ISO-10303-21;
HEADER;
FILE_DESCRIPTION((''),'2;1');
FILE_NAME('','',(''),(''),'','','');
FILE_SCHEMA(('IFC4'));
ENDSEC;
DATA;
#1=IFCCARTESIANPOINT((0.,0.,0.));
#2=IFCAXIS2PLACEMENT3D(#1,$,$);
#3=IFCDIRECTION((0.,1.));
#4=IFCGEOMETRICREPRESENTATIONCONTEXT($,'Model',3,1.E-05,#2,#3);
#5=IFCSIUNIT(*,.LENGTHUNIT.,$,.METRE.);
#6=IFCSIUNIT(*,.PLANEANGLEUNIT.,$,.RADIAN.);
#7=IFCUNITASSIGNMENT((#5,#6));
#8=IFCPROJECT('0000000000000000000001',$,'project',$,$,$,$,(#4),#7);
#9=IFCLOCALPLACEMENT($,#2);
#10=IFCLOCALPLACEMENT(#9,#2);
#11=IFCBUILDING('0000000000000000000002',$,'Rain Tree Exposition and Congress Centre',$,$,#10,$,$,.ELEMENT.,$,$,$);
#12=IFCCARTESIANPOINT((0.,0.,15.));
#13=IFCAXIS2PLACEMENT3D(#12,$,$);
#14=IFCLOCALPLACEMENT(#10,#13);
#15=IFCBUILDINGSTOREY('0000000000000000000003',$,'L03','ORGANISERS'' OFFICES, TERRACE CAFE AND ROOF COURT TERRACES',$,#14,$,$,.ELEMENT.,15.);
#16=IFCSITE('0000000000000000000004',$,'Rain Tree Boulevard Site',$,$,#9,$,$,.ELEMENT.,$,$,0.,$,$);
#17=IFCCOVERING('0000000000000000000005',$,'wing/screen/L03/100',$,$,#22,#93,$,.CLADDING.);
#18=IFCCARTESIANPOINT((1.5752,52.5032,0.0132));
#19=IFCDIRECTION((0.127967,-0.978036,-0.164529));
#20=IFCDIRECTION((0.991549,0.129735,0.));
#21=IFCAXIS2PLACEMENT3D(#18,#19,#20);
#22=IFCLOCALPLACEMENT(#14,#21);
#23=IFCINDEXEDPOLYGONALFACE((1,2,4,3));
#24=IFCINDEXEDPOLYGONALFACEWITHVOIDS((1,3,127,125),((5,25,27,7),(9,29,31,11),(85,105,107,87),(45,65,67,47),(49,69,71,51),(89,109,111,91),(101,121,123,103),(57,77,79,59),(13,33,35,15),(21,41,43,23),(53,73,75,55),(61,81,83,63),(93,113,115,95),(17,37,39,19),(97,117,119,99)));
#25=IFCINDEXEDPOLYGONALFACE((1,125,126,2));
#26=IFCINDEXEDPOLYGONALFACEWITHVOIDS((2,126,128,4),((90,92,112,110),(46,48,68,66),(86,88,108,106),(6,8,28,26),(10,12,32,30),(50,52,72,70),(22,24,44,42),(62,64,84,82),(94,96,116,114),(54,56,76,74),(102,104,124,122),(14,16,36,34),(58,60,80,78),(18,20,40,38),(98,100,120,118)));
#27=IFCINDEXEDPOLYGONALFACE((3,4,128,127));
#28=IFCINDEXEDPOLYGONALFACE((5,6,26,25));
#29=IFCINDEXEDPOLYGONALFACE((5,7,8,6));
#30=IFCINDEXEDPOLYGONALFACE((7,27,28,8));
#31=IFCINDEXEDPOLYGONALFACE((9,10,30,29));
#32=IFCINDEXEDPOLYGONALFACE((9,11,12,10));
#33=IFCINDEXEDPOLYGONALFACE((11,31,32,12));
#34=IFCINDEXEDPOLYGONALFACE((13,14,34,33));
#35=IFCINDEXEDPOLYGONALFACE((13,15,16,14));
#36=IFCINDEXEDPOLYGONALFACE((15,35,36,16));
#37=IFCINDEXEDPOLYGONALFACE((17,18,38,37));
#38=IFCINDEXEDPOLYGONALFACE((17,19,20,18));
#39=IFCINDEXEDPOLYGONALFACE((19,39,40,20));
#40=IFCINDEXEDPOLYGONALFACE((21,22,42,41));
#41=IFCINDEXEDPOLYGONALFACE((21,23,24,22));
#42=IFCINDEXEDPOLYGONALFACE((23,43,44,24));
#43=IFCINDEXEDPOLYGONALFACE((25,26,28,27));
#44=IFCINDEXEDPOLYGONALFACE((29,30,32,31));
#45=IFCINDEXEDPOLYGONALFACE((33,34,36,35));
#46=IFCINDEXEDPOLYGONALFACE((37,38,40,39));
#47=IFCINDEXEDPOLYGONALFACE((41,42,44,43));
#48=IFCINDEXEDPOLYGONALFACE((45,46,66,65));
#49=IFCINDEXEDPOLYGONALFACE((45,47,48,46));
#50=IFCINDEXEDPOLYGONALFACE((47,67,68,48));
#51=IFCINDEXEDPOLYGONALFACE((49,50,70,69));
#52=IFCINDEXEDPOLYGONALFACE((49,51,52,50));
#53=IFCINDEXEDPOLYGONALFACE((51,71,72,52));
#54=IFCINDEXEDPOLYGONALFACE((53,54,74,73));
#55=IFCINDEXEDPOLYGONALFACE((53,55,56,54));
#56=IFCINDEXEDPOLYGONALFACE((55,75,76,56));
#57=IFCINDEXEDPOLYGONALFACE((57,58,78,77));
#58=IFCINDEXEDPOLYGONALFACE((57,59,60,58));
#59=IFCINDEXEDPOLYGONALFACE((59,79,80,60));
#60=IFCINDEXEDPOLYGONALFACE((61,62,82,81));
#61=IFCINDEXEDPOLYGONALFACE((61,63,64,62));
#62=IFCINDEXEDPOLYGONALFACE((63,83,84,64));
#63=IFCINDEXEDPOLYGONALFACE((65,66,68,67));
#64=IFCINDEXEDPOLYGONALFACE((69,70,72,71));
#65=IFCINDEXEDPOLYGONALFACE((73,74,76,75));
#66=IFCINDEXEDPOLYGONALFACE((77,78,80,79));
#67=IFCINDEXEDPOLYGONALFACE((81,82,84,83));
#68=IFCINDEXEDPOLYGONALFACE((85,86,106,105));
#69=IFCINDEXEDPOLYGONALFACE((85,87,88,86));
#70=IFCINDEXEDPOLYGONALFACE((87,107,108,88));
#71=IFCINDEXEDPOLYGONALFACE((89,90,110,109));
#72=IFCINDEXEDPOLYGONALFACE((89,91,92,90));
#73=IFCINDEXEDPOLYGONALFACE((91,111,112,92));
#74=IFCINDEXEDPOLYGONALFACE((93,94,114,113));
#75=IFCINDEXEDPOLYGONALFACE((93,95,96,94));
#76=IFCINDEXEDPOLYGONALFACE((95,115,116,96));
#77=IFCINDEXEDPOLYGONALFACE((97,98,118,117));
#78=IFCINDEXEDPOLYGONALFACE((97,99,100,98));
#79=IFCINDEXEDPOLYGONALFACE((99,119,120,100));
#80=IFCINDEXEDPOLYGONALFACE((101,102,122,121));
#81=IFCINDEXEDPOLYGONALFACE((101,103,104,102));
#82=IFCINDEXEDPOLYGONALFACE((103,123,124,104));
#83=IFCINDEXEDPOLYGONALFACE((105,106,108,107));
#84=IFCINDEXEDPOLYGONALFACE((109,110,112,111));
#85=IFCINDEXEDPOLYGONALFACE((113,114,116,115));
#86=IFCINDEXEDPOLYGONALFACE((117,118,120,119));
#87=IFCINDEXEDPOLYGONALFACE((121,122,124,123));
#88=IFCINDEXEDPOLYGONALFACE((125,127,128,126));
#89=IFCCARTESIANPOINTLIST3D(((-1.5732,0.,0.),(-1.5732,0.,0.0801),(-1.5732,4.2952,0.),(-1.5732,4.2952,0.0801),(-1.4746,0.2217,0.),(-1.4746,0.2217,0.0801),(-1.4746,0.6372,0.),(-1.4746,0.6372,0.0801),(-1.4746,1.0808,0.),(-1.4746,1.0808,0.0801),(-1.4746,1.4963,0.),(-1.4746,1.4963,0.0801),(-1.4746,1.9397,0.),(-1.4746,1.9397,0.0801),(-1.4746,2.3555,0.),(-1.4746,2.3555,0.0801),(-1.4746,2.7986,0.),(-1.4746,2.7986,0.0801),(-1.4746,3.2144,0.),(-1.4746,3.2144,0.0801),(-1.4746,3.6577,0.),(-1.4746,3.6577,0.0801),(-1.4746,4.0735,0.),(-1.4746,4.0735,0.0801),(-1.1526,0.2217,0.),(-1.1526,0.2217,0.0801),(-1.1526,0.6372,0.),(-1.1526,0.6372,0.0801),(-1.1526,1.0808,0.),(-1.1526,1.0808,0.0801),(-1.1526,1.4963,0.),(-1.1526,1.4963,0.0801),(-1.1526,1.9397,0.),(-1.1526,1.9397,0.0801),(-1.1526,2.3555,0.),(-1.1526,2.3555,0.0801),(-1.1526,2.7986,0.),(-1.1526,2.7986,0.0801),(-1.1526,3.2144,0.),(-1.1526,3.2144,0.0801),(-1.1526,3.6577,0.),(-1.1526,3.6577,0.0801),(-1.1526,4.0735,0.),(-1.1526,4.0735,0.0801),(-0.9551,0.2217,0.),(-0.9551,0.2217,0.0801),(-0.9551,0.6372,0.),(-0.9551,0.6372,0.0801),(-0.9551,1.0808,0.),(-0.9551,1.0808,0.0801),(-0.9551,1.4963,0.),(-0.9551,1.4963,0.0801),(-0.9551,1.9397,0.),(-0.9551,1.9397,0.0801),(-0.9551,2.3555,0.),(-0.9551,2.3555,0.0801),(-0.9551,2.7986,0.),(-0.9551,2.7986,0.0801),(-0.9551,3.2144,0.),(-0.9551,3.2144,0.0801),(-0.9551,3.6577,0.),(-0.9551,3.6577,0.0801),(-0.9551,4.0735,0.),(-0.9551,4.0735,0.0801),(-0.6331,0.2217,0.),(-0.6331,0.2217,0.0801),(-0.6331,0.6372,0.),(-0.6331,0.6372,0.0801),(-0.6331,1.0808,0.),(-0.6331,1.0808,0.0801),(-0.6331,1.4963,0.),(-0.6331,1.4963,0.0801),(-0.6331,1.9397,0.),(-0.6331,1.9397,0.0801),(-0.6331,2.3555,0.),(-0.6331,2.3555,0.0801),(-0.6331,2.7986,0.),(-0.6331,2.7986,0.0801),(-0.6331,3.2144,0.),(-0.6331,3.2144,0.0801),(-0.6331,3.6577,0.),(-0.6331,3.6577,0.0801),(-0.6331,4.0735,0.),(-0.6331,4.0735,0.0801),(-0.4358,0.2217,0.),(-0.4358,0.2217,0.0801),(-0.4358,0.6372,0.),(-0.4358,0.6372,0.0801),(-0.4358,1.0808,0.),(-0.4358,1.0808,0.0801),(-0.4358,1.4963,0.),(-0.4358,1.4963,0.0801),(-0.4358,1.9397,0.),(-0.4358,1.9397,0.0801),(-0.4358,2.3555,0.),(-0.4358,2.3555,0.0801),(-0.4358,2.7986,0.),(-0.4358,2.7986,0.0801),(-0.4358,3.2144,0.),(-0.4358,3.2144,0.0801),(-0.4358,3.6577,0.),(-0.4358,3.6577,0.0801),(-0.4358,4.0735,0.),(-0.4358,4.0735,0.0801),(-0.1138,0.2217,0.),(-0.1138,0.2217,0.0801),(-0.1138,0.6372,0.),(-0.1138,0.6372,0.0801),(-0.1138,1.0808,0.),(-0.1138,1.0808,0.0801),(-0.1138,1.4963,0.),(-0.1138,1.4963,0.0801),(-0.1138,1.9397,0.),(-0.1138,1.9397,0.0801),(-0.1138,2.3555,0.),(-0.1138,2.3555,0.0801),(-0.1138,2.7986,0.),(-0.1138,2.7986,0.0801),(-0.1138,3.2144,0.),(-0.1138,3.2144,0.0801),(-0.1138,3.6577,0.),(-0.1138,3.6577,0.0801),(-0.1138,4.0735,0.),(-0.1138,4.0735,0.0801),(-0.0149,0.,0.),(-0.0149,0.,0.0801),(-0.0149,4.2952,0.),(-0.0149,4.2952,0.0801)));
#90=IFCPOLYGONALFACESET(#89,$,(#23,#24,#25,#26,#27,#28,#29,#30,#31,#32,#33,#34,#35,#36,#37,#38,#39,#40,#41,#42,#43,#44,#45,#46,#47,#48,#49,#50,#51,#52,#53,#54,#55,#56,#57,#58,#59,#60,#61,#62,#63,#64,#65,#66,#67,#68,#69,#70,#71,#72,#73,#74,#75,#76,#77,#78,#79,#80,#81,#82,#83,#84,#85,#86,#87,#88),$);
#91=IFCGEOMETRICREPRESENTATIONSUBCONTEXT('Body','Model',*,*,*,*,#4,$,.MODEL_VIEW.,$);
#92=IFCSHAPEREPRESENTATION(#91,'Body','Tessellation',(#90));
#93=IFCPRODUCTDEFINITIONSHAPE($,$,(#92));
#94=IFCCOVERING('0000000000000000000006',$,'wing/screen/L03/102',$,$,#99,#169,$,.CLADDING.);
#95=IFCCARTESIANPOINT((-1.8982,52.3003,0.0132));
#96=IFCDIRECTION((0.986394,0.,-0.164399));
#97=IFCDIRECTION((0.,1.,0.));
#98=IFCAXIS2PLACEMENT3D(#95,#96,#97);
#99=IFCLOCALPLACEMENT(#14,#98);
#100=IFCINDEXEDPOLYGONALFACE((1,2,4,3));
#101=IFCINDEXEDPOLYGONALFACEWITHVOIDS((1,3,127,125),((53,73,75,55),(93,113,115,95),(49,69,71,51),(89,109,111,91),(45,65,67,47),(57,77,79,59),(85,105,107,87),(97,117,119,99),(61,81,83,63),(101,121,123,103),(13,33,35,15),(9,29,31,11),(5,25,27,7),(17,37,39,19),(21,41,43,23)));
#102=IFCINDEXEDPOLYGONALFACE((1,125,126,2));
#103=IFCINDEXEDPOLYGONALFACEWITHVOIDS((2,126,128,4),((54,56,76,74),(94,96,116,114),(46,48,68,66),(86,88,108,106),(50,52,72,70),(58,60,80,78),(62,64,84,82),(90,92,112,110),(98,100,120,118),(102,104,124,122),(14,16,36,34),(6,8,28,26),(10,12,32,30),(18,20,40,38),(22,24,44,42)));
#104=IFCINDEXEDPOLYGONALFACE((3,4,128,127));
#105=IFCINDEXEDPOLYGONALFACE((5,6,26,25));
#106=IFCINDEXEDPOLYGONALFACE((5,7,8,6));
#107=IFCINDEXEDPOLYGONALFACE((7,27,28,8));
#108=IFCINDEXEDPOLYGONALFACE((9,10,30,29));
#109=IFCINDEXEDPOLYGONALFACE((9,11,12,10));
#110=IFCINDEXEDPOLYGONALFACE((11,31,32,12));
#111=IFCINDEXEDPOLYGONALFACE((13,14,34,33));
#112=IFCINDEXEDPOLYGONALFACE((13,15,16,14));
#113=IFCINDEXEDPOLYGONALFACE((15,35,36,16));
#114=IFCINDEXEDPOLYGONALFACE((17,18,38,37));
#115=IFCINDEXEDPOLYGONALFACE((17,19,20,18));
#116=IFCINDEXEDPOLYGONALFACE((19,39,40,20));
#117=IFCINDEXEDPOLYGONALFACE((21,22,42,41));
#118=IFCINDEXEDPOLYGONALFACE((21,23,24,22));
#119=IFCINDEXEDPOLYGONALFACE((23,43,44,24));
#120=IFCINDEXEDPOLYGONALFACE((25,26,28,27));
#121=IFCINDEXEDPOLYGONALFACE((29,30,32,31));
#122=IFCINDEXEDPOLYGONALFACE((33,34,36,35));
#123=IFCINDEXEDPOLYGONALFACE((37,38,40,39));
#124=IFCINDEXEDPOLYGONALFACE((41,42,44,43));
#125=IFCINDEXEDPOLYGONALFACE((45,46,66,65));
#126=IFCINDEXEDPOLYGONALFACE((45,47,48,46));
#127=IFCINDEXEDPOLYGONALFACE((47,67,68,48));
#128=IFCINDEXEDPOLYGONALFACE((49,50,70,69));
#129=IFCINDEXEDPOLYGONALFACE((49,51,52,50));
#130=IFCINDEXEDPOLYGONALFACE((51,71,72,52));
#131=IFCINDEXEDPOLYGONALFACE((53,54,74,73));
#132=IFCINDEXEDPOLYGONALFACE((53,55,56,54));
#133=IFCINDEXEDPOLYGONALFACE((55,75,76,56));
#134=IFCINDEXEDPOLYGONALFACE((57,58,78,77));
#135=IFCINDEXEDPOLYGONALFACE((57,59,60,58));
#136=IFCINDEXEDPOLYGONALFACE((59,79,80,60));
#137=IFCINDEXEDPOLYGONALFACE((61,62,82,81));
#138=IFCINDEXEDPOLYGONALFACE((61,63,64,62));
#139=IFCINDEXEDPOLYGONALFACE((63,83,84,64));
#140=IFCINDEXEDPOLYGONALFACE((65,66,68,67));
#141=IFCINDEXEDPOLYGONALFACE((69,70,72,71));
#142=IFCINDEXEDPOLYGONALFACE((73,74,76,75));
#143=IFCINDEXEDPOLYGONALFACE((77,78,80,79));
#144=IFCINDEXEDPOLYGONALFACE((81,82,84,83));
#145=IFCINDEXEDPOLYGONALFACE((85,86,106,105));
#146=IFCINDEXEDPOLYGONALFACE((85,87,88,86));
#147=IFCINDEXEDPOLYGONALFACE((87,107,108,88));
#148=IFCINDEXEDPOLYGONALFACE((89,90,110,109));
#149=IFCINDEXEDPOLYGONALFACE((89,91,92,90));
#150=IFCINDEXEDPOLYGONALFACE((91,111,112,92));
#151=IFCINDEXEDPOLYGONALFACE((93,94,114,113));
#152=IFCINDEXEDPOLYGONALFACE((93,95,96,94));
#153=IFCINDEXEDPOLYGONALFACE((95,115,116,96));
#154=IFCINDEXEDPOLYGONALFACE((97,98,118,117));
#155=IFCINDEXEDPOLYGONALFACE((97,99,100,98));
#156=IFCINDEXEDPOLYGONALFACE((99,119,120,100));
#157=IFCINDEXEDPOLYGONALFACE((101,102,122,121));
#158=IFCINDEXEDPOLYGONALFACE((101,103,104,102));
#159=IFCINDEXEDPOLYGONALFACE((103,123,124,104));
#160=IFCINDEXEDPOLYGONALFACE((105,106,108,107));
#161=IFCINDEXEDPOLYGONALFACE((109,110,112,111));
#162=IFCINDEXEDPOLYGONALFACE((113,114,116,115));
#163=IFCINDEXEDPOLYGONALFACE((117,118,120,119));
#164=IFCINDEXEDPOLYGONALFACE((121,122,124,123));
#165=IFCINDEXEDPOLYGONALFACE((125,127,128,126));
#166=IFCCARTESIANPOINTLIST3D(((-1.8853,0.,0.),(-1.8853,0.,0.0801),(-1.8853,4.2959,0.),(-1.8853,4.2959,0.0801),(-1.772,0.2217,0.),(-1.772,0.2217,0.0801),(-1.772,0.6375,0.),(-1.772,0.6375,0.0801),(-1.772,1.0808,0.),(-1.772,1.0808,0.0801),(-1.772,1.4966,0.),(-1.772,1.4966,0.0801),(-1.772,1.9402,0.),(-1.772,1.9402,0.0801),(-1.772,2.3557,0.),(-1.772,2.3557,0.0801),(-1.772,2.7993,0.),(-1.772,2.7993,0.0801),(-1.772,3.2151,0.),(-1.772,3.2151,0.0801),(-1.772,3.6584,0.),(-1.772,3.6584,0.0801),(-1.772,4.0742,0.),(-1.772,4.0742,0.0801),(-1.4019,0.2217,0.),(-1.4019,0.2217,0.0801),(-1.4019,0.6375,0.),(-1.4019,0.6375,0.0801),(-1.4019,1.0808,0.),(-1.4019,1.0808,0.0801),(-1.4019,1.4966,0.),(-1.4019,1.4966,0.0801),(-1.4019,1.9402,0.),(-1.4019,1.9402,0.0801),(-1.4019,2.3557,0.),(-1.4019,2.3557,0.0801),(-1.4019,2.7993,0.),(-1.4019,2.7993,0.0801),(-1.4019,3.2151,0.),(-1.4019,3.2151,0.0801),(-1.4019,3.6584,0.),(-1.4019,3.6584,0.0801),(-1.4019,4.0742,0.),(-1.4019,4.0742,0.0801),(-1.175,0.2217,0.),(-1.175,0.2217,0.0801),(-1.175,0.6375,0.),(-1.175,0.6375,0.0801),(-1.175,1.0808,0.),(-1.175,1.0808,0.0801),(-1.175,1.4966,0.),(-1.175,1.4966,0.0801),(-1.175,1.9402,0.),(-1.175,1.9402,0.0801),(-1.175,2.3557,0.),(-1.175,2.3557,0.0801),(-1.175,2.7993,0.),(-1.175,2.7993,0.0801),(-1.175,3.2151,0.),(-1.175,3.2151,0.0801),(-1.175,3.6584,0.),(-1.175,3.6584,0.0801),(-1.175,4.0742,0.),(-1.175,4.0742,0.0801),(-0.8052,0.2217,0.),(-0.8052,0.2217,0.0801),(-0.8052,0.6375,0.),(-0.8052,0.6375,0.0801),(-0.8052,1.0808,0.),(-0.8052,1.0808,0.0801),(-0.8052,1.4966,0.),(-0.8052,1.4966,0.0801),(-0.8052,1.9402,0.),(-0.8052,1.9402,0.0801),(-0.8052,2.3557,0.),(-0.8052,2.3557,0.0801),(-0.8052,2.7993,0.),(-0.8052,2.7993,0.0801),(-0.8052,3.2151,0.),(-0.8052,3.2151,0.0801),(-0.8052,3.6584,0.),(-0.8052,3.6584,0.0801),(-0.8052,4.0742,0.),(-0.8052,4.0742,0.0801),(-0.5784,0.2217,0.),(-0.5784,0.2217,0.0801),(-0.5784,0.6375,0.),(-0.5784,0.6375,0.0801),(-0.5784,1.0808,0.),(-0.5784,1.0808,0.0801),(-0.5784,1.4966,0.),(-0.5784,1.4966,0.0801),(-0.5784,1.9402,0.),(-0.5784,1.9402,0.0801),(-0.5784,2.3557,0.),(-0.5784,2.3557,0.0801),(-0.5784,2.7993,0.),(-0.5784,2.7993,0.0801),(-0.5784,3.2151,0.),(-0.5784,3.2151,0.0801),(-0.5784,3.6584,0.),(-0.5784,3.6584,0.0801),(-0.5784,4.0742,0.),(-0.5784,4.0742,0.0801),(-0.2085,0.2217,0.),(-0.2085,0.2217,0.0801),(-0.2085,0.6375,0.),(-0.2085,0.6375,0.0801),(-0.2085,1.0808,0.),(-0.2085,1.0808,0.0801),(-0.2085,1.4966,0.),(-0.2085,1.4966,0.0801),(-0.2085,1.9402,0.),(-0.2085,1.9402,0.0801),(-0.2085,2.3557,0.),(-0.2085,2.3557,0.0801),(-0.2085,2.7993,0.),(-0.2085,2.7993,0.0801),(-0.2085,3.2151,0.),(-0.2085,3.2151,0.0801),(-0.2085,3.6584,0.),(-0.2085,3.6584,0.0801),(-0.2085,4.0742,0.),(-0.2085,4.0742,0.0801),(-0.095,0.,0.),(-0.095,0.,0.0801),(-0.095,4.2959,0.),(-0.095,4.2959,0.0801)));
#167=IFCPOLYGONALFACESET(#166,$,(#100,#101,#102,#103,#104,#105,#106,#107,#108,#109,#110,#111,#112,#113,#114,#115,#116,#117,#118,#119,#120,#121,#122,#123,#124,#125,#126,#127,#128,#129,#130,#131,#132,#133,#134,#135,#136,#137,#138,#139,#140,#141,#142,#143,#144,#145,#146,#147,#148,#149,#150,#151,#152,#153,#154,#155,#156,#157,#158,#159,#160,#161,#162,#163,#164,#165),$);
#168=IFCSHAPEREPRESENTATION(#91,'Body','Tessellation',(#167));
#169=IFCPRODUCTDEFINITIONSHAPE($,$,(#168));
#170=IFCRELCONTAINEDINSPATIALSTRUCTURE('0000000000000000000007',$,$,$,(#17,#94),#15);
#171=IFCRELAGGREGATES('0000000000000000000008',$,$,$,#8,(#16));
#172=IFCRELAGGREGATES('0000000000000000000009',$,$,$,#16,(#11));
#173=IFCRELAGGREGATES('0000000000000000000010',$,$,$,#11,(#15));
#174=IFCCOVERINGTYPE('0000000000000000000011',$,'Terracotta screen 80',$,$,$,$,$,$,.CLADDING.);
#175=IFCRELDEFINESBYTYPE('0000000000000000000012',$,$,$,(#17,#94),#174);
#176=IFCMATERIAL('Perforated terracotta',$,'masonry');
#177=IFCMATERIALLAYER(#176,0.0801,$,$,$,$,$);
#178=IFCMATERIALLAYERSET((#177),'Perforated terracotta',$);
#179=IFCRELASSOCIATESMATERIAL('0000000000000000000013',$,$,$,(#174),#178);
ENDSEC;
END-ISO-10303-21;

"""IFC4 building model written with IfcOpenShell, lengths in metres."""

from ifc_helpers import new_model, si_unit, direction, frame, origin, place, context, subcontext, project, spatial, polyline, outline, extrude, material, layer, layer_set, type_object, element, save


model = new_model("IFC4")

# Units and contexts
model_context = context("Model", 3, precision=1e-05, world=origin(), true_north=direction((0.0, 1.0)))
body_context = subcontext(model_context, "Body", "Model", "MODEL_VIEW")
ifc_project = project(units=[si_unit("LENGTHUNIT", "METRE"), si_unit("PLANEANGLEUNIT", "RADIAN")], contexts=[model_context])

# Site, building, storey
site_placement = place(None, origin())
site = spatial("IfcSite", under=ifc_project, at=site_placement, Name="Rain Tree Boulevard Site", CompositionType="ELEMENT", RefElevation=0.0)
building_placement = place(site_placement, origin())
building = spatial("IfcBuilding", under=site, at=building_placement, Name="Rain Tree Exposition and Congress Centre", CompositionType="ELEMENT")
storey_placement = place(building_placement, frame((0.0, 0.0, 15.0)))
storey = spatial("IfcBuildingStorey", under=building, at=storey_placement, Name="L03", Description="ORGANISERS' OFFICES, TERRACE CAFE AND ROOF COURT TERRACES", CompositionType="ELEMENT", Elevation=15.0)

# Coverings
ifc_material_1 = material(Name="Perforated terracotta", Category="masonry")
ifc_layer = layer(ifc_material_1, 0.0801)
ifc_layer_set = layer_set([ifc_layer], Name="Perforated terracotta")
covering_type = type_object("IfcCoveringType", Name="Terracotta screen 80", PredefinedType="CLADDING", material=ifc_layer_set)
covering_1_placement = place(storey_placement, frame((1.5752, 52.5032, 0.0132), z_axis=(0.127967, -0.978036, -0.164529), x_axis=(0.991549, 0.129735, 0.0)))
element("IfcCovering", 1, at=covering_1_placement, inside=storey, type_object=covering_type, Name="wing/screen/L03/100", PredefinedType="CLADDING", context=body_context, shape_type="SweptSolid", body=[
    extrude(outline(polyline([(-1.5732, 0.0), (-1.5732, 4.2952), (-0.0149, 4.2952), (-0.0149, 0.0), (-1.5732, 0.0)]), holes=[polyline([(-0.1138, 0.2217), (-0.1138, 0.6372), (-0.4358, 0.6372), (-0.4358, 0.2217), (-0.1138, 0.2217)]), polyline([(-0.1138, 1.0808), (-0.1138, 1.4963), (-0.4358, 1.4963), (-0.4358, 1.0808), (-0.1138, 1.0808)]), polyline([(-0.1138, 1.9397), (-0.1138, 2.3555), (-0.4358, 2.3555), (-0.4358, 1.9397), (-0.1138, 1.9397)]), polyline([(-0.1138, 2.7986), (-0.1138, 3.2144), (-0.4358, 3.2144), (-0.4358, 2.7986), (-0.1138, 2.7986)]), polyline([(-0.1138, 3.6577), (-0.1138, 4.0735), (-0.4358, 4.0735), (-0.4358, 3.6577), (-0.1138, 3.6577)]), polyline([(-0.6331, 0.2217), (-0.6331, 0.6372), (-0.9551, 0.6372), (-0.9551, 0.2217), (-0.6331, 0.2217)]), polyline([(-0.6331, 1.0808), (-0.6331, 1.4963), (-0.9551, 1.4963), (-0.9551, 1.0808), (-0.6331, 1.0808)]), polyline([(-0.6331, 1.9397), (-0.6331, 2.3555), (-0.9551, 2.3555), (-0.9551, 1.9397), (-0.6331, 1.9397)]), polyline([(-0.6331, 2.7986), (-0.6331, 3.2144), (-0.9551, 3.2144), (-0.9551, 2.7986), (-0.6331, 2.7986)]), polyline([(-0.6331, 3.6577), (-0.6331, 4.0735), (-0.9551, 4.0735), (-0.9551, 3.6577), (-0.6331, 3.6577)]), polyline([(-1.1526, 0.2217), (-1.1526, 0.6372), (-1.4746, 0.6372), (-1.4746, 0.2217), (-1.1526, 0.2217)]), polyline([(-1.1526, 1.0808), (-1.1526, 1.4963), (-1.4746, 1.4963), (-1.4746, 1.0808), (-1.1526, 1.0808)]), polyline([(-1.1526, 1.9397), (-1.1526, 2.3555), (-1.4746, 2.3555), (-1.4746, 1.9397), (-1.1526, 1.9397)]), polyline([(-1.1526, 2.7986), (-1.1526, 3.2144), (-1.4746, 3.2144), (-1.4746, 2.7986), (-1.1526, 2.7986)]), polyline([(-1.1526, 3.6577), (-1.1526, 4.0735), (-1.4746, 4.0735), (-1.4746, 3.6577), (-1.1526, 3.6577)])]), origin(), (0.0, 0.0, 1.0), 0.0801),
])
covering_2_placement = place(storey_placement, frame((-1.8982, 52.3003, 0.0132), z_axis=(0.986394, 0.0, -0.164399), x_axis=(0.0, 1.0, 0.0)))
element("IfcCovering", 2, at=covering_2_placement, inside=storey, type_object=covering_type, Name="wing/screen/L03/102", PredefinedType="CLADDING", context=body_context, shape_type="SweptSolid", body=[
    extrude(outline(polyline([(-1.8853, 0.0), (-1.8853, 4.2959), (-0.095, 4.2959), (-0.095, 0.0), (-1.8853, 0.0)]), holes=[polyline([(-0.2085, 0.2217), (-0.2085, 0.6375), (-0.5784, 0.6375), (-0.5784, 0.2217), (-0.2085, 0.2217)]), polyline([(-0.2085, 1.0808), (-0.2085, 1.4966), (-0.5784, 1.4966), (-0.5784, 1.0808), (-0.2085, 1.0808)]), polyline([(-0.2085, 1.9402), (-0.2085, 2.3557), (-0.5784, 2.3557), (-0.5784, 1.9402), (-0.2085, 1.9402)]), polyline([(-0.2085, 2.7993), (-0.2085, 3.2151), (-0.5784, 3.2151), (-0.5784, 2.7993), (-0.2085, 2.7993)]), polyline([(-0.2085, 3.6584), (-0.2085, 4.0742), (-0.5784, 4.0742), (-0.5784, 3.6584), (-0.2085, 3.6584)]), polyline([(-0.8052, 0.2217), (-0.8052, 0.6375), (-1.175, 0.6375), (-1.175, 0.2217), (-0.8052, 0.2217)]), polyline([(-0.8052, 1.0808), (-0.8052, 1.4966), (-1.175, 1.4966), (-1.175, 1.0808), (-0.8052, 1.0808)]), polyline([(-0.8052, 1.9402), (-0.8052, 2.3557), (-1.175, 2.3557), (-1.175, 1.9402), (-0.8052, 1.9402)]), polyline([(-0.8052, 2.7993), (-0.8052, 3.2151), (-1.175, 3.2151), (-1.175, 2.7993), (-0.8052, 2.7993)]), polyline([(-0.8052, 3.6584), (-0.8052, 4.0742), (-1.175, 4.0742), (-1.175, 3.6584), (-0.8052, 3.6584)]), polyline([(-1.4019, 0.2217), (-1.4019, 0.6375), (-1.772, 0.6375), (-1.772, 0.2217), (-1.4019, 0.2217)]), polyline([(-1.4019, 1.0808), (-1.4019, 1.4966), (-1.772, 1.4966), (-1.772, 1.0808), (-1.4019, 1.0808)]), polyline([(-1.4019, 1.9402), (-1.4019, 2.3557), (-1.772, 2.3557), (-1.772, 1.9402), (-1.4019, 1.9402)]), polyline([(-1.4019, 2.7993), (-1.4019, 3.2151), (-1.772, 3.2151), (-1.772, 2.7993), (-1.4019, 2.7993)]), polyline([(-1.4019, 3.6584), (-1.4019, 4.0742), (-1.772, 4.0742), (-1.772, 3.6584), (-1.4019, 3.6584)])]), origin(), (0.0, 0.0, 1.0), 0.0801),
])

save(model, "model.ifc")
